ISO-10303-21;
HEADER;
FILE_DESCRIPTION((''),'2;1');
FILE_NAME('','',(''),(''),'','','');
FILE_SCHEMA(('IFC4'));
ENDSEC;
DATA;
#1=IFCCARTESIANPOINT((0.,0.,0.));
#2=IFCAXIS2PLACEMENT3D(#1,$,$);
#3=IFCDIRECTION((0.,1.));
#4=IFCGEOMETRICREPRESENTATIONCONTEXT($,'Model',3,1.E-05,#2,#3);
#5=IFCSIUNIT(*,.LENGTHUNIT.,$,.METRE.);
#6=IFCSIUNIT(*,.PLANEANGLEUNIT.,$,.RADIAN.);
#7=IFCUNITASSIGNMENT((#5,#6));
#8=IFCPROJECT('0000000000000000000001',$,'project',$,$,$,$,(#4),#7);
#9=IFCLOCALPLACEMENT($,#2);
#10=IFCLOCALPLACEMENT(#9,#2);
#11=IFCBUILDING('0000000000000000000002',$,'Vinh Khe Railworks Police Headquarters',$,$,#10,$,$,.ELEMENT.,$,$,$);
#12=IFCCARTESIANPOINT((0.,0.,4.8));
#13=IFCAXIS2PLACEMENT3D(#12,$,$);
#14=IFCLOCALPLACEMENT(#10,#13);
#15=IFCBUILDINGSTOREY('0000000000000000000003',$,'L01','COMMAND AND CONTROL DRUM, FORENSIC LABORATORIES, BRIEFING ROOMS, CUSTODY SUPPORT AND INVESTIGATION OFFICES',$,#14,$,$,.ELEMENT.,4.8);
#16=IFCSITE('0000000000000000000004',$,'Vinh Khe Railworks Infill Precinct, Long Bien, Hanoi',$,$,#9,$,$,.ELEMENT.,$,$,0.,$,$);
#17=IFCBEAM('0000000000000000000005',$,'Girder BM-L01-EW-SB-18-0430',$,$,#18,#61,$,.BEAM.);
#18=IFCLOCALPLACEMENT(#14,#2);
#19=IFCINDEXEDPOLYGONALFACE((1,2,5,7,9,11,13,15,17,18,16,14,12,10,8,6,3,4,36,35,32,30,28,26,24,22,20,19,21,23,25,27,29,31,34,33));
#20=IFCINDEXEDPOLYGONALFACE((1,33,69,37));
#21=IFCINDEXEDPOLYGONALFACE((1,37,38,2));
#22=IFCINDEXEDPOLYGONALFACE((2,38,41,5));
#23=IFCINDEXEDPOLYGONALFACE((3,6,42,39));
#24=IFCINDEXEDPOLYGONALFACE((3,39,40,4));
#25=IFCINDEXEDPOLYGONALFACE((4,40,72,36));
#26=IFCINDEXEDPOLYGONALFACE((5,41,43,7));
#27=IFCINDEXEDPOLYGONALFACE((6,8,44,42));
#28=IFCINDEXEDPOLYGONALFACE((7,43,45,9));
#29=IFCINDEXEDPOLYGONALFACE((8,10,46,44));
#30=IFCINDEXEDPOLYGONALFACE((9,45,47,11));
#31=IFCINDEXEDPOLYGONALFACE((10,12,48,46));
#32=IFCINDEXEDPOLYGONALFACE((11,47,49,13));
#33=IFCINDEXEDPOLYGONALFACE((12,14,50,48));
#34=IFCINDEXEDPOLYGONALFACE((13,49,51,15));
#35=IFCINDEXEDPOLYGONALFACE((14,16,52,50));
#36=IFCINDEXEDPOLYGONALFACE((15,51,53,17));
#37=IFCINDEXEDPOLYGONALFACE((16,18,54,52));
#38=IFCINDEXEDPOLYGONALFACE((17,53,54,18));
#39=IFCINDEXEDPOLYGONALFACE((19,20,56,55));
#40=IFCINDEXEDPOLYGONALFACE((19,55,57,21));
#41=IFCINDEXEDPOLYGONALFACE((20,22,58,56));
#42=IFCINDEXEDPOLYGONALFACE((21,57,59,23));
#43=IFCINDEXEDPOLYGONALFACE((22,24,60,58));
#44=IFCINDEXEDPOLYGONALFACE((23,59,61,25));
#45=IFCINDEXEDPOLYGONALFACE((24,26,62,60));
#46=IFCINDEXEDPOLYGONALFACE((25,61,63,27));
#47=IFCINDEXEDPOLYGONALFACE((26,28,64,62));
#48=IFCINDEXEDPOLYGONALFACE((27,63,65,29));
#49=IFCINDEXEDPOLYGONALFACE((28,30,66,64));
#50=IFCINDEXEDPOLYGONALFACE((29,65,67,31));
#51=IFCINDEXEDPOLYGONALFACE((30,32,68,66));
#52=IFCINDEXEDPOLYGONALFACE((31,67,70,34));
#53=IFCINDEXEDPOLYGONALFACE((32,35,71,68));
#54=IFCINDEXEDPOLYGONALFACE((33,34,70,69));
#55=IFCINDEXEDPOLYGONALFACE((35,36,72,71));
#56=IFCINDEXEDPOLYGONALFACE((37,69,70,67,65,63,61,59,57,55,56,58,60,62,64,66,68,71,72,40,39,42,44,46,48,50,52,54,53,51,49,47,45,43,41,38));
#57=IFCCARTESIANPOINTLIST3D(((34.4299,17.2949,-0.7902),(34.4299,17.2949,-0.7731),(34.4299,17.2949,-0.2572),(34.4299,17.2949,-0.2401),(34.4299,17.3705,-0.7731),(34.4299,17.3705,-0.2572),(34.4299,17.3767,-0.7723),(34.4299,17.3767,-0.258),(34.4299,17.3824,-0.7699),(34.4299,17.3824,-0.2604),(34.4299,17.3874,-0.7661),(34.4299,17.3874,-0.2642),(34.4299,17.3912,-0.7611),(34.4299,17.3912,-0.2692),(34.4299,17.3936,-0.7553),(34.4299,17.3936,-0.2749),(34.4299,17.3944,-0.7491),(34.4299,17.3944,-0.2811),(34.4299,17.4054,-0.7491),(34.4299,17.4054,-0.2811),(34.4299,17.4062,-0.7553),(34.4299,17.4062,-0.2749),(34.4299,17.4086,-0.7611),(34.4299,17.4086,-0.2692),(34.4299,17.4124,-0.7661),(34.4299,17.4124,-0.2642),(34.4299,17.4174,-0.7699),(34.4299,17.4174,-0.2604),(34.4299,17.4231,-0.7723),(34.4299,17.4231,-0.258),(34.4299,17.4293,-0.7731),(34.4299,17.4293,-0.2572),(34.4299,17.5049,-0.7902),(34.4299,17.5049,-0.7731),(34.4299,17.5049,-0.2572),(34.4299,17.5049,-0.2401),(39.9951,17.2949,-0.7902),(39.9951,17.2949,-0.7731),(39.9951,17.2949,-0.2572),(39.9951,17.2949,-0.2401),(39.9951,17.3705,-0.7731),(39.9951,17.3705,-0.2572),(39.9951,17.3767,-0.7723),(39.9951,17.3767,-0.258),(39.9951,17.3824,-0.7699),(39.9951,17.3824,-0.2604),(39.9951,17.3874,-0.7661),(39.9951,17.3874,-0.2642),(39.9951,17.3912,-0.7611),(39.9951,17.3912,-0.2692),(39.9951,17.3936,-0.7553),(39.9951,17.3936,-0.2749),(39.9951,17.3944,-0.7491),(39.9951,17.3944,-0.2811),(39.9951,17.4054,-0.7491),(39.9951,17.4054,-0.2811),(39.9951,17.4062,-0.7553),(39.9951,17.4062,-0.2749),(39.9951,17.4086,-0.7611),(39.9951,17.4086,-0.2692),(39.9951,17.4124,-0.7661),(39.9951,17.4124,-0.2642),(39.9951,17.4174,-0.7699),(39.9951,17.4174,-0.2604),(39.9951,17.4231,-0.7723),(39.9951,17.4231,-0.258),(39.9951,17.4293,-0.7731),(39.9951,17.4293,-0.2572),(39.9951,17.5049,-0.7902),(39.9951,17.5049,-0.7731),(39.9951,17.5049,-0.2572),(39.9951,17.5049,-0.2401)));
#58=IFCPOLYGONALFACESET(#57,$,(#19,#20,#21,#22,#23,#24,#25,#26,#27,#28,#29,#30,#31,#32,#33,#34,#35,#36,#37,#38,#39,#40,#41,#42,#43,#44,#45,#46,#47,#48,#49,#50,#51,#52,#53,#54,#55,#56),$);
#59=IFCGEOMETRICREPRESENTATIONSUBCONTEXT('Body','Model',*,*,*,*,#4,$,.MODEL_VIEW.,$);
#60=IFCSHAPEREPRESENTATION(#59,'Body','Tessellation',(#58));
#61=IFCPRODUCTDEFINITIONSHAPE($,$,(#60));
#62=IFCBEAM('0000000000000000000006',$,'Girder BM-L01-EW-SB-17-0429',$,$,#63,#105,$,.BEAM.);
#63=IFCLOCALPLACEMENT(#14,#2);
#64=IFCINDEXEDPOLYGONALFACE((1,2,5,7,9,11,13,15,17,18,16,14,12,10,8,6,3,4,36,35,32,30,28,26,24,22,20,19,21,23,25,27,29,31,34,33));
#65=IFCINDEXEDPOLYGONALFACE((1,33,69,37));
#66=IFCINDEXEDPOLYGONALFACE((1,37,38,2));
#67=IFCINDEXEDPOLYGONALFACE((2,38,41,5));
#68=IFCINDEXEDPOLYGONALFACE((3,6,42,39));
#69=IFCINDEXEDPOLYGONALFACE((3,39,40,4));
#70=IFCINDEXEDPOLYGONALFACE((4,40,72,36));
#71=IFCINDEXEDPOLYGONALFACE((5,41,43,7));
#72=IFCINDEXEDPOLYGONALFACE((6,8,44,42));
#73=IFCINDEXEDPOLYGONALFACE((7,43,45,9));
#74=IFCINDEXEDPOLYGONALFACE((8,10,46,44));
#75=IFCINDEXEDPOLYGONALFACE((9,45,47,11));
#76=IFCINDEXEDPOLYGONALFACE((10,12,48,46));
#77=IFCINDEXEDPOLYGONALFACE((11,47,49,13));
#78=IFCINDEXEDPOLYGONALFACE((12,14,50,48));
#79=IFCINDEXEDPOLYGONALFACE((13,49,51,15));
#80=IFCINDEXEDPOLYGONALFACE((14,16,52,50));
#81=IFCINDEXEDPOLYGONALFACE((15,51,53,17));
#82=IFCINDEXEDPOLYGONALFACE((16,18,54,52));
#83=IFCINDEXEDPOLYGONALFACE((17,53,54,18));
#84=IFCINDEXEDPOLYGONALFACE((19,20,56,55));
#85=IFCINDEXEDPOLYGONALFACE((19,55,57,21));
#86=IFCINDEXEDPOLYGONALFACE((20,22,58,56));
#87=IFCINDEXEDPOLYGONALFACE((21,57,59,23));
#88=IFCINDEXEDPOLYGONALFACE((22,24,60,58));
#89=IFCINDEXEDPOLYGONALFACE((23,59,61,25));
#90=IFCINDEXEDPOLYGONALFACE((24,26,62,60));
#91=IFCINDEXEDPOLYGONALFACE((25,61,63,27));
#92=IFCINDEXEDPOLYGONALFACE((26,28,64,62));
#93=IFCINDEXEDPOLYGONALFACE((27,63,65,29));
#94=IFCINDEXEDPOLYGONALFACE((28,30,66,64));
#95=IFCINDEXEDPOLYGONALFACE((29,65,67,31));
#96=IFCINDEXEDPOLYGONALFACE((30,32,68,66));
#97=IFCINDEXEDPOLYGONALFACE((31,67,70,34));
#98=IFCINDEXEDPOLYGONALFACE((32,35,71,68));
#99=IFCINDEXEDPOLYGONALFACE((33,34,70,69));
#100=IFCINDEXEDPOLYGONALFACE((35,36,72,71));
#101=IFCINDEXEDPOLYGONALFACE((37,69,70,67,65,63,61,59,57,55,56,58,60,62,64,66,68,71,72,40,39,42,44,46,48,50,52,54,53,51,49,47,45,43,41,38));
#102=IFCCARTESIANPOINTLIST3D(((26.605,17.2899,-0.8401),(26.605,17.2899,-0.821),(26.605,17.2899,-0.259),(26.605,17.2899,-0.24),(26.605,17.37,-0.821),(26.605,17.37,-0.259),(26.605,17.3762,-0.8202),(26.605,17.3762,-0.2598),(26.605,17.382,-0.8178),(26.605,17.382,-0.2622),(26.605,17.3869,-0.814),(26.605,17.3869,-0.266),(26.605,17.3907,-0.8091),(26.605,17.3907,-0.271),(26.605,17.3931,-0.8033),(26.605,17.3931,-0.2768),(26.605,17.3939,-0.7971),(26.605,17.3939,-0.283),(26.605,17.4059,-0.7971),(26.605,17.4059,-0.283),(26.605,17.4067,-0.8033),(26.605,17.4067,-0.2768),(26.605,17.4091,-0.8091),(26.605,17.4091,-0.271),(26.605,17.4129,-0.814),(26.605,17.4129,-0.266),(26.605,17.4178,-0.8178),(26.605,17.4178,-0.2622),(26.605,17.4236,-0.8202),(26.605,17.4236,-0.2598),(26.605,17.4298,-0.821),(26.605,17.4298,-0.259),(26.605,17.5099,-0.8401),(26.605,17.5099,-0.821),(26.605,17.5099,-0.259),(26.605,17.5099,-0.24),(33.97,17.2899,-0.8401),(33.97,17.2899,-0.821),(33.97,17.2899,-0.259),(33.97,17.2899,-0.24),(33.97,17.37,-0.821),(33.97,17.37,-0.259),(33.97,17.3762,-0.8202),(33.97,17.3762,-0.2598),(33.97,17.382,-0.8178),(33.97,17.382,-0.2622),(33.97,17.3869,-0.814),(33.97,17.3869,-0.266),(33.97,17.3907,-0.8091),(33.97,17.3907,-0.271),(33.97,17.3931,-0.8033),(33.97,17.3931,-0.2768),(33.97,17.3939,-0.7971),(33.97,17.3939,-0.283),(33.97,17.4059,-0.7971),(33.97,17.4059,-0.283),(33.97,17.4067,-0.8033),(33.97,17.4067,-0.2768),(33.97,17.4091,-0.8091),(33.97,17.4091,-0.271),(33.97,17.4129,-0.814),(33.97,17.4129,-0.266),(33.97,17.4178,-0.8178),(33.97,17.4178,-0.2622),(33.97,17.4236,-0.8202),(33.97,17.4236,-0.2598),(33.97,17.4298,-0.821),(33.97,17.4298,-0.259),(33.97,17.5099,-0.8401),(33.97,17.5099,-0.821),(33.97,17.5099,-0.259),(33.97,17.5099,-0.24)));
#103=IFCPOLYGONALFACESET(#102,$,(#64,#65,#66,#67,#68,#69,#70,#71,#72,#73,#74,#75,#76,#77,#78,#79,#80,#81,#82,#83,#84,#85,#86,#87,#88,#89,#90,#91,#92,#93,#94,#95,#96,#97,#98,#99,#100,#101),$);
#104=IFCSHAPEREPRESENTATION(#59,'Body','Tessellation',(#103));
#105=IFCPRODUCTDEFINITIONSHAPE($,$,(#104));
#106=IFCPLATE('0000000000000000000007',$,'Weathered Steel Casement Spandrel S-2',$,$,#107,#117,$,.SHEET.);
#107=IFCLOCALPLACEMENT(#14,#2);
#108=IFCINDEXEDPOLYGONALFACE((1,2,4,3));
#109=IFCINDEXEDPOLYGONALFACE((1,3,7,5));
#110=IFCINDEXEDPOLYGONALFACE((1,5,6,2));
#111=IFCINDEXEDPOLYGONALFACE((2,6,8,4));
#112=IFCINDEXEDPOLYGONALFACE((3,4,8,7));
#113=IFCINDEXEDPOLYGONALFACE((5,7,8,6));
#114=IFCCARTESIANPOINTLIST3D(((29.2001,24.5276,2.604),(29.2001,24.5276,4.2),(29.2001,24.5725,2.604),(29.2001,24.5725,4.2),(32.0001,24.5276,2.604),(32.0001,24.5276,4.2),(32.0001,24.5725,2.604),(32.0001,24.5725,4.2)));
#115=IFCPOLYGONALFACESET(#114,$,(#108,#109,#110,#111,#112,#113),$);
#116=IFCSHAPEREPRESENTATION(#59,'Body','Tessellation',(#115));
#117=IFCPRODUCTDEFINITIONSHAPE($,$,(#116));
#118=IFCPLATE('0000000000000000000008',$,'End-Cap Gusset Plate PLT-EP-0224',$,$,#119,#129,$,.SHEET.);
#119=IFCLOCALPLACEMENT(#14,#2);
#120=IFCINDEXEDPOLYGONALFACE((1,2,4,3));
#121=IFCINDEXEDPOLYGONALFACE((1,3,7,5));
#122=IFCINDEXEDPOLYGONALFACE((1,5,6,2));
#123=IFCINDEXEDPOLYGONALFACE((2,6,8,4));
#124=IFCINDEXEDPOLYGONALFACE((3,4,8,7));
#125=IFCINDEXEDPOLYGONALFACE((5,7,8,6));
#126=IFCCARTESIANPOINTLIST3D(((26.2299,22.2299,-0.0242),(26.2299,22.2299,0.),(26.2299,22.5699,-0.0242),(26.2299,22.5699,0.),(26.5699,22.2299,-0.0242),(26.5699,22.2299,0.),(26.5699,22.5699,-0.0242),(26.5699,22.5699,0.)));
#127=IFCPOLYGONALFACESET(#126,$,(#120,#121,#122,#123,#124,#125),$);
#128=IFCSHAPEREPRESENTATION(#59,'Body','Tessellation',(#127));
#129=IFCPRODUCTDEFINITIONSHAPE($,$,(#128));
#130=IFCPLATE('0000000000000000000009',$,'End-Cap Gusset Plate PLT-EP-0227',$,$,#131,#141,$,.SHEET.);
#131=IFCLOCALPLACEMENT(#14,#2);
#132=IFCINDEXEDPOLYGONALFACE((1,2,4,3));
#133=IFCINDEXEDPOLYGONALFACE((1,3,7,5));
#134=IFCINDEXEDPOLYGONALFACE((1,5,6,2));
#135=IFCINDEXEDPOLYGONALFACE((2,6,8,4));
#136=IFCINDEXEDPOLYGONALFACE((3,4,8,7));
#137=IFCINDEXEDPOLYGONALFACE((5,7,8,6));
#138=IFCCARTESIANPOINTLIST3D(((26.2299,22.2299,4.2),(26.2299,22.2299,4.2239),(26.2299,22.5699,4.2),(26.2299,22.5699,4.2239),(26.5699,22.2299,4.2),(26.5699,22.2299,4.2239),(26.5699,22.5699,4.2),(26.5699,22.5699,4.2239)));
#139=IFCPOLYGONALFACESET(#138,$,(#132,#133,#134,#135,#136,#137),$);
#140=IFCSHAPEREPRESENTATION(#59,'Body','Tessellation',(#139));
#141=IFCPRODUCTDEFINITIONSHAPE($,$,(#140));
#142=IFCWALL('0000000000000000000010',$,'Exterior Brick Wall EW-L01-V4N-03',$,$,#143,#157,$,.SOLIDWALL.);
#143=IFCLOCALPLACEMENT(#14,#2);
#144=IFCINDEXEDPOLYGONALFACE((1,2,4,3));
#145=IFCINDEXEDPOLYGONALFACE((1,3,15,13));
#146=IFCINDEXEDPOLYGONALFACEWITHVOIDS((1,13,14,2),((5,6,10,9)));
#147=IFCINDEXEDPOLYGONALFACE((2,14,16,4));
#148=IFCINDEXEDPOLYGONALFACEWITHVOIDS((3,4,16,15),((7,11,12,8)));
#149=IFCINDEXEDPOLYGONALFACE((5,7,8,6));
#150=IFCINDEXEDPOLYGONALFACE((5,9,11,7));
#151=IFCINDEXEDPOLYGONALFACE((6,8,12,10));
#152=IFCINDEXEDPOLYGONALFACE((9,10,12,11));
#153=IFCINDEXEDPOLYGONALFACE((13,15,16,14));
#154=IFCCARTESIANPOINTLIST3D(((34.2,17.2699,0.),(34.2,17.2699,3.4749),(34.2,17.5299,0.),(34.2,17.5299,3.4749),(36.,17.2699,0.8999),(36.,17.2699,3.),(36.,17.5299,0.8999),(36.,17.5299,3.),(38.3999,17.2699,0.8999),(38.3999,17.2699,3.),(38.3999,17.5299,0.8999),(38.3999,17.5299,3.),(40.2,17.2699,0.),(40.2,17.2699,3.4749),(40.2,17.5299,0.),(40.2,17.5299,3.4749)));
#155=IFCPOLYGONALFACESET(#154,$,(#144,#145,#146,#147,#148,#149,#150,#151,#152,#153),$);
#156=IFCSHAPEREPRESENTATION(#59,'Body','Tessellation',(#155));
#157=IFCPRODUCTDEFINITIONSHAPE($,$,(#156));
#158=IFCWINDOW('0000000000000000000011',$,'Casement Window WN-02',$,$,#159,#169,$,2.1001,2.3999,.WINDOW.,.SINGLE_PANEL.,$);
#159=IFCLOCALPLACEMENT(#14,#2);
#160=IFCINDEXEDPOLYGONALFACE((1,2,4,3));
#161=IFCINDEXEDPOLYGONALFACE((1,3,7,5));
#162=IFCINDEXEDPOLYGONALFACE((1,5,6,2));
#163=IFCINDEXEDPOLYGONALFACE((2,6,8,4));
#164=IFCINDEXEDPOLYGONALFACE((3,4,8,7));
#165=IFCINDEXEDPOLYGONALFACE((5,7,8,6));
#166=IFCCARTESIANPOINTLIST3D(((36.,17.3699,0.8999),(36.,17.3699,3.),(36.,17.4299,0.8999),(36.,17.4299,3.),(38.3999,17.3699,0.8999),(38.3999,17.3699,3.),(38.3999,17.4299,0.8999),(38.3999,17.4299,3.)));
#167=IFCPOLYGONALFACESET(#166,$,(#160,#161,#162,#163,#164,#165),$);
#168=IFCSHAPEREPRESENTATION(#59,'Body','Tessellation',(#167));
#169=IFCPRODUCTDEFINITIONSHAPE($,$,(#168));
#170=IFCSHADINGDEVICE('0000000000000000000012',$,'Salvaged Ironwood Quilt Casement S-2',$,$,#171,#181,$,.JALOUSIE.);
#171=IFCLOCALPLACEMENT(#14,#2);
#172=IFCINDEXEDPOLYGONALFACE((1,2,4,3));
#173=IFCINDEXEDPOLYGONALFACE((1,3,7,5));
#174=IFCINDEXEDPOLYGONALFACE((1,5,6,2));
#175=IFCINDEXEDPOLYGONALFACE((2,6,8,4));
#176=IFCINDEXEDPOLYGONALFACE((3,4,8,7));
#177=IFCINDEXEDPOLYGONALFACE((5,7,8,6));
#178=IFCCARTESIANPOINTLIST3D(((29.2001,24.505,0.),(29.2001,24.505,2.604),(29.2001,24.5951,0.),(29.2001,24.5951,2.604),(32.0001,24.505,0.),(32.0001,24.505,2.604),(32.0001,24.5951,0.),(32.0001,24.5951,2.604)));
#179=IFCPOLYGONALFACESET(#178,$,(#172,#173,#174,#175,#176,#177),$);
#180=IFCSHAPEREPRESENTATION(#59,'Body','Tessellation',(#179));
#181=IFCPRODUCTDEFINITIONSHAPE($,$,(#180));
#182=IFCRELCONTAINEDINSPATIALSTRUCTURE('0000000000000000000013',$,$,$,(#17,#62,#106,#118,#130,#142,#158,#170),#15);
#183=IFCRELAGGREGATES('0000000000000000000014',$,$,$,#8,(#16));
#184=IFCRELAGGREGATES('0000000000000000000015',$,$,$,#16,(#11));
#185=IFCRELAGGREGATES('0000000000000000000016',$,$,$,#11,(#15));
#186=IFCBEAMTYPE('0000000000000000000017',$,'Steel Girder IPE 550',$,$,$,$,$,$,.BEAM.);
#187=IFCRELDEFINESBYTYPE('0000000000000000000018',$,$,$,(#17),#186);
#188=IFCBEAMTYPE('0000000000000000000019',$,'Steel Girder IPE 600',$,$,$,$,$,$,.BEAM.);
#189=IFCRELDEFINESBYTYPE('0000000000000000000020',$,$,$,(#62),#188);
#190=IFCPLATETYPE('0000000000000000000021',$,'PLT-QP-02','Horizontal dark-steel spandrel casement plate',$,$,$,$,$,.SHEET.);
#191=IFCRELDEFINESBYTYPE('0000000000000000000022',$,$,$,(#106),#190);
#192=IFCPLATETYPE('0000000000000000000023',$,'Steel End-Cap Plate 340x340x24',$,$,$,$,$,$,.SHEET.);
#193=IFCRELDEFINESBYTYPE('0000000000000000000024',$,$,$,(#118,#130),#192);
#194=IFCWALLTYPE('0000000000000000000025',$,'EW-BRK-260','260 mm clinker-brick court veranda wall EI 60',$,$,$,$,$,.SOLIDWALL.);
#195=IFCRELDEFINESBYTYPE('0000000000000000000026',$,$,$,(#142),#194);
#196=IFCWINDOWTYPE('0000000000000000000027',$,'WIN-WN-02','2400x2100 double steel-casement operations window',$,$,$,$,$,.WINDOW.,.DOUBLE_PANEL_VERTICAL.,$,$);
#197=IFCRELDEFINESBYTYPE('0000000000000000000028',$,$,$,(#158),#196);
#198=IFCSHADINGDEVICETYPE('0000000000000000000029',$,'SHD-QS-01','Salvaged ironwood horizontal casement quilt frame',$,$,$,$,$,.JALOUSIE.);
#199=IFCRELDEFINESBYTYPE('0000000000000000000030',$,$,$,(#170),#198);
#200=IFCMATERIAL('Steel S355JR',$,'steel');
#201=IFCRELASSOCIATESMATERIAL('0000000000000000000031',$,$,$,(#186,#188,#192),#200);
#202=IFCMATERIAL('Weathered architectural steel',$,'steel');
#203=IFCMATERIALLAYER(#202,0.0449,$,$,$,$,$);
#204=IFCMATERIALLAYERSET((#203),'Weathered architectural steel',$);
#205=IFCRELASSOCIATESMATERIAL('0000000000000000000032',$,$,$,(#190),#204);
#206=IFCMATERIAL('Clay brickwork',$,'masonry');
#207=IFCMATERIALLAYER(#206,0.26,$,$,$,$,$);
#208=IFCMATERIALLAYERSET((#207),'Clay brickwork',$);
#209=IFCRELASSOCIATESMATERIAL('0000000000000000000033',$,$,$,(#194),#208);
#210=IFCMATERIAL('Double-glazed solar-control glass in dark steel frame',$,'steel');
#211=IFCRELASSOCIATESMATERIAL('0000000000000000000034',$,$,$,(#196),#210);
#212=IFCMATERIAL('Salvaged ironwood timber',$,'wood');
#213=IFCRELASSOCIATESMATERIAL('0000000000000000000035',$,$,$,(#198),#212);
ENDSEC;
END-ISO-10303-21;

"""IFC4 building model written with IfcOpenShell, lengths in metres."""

from ifc_helpers import new_model, si_unit, direction, frame, frame_2d, origin, origin_2d, place, context, subcontext, project, spatial, rectangle, i_section, extrude, material, layer, layer_set, material_profile, profile_set, type_object, element, fill, save


model = new_model("IFC4")

# Units and contexts
model_context = context("Model", 3, precision=1e-05, world=origin(), true_north=direction((0.0, 1.0)))
body_context = subcontext(model_context, "Body", "Model", "MODEL_VIEW")
ifc_project = project(units=[si_unit("LENGTHUNIT", "METRE"), si_unit("PLANEANGLEUNIT", "RADIAN")], contexts=[model_context])

# Site, building, storey
site_placement = place(None, origin())
site = spatial("IfcSite", under=ifc_project, at=site_placement, Name="Vinh Khe Railworks Infill Precinct, Long Bien, Hanoi", CompositionType="ELEMENT", RefElevation=0.0)
building_placement = place(site_placement, origin())
building = spatial("IfcBuilding", under=site, at=building_placement, Name="Vinh Khe Railworks Police Headquarters", CompositionType="ELEMENT")
storey_placement = place(building_placement, frame((0.0, 0.0, 4.8)))
storey = spatial("IfcBuildingStorey", under=building, at=storey_placement, Name="L01", Description="COMMAND AND CONTROL DRUM, FORENSIC LABORATORIES, BRIEFING ROOMS, CUSTODY SUPPORT AND INVESTIGATION OFFICES", CompositionType="ELEMENT", Elevation=4.8)

# Shared definitions
ifc_material_1 = material(Name="Steel S355JR", Category="steel")

# Shared definitions
ifc_material_2 = material(Name="Salvaged ironwood timber", Category="wood")

# Beams
ifc_material_profile_1 = material_profile(ifc_material_1, i_section(OverallWidth=0.21, OverallDepth=0.55, WebThickness=0.011, FlangeThickness=0.0171, FilletRadius=0.0239, at=origin_2d()), Name="IPE 550")
ifc_profile_set_1 = profile_set([ifc_material_profile_1], Name="Steel S355JR")
beam_type_1 = type_object("IfcBeamType", Name="Steel Girder IPE 550", PredefinedType="BEAM", material=ifc_profile_set_1)
beam_1_placement = place(storey_placement, frame((34.4299, 17.3999, -0.5151), z_axis=(1.0, 0.0, 0.0), x_axis=(0.0, 1.0, 0.0)))
element("IfcBeam", 1, at=beam_1_placement, inside=storey, type_object=beam_type_1, Name="Girder BM-L01-EW-SB-18-0430", PredefinedType="BEAM", context=body_context, shape_type="SweptSolid", body=[
    extrude(i_section(OverallWidth=0.21, OverallDepth=0.55, WebThickness=0.011, FlangeThickness=0.0171, FilletRadius=0.0239, at=origin_2d()), origin(), (0.0, 0.0, 1.0), 5.5652),
])
ifc_material_profile_2 = material_profile(ifc_material_1, i_section(OverallWidth=0.22, OverallDepth=0.6001, WebThickness=0.012, FlangeThickness=0.019, FilletRadius=0.0239, at=origin_2d()), Name="IPE 600")
ifc_profile_set_2 = profile_set([ifc_material_profile_2], Name="Steel S355JR")
beam_type_2 = type_object("IfcBeamType", Name="Steel Girder IPE 600", PredefinedType="BEAM", material=ifc_profile_set_2)
beam_2_placement = place(storey_placement, frame((26.605, 17.3999, -0.54), z_axis=(1.0, 0.0, 0.0), x_axis=(0.0, 1.0, 0.0)))
element("IfcBeam", 2, at=beam_2_placement, inside=storey, type_object=beam_type_2, Name="Girder BM-L01-EW-SB-17-0429", PredefinedType="BEAM", context=body_context, shape_type="SweptSolid", body=[
    extrude(i_section(OverallWidth=0.22, OverallDepth=0.6001, WebThickness=0.012, FlangeThickness=0.019, FilletRadius=0.0239, at=origin_2d()), origin(), (0.0, 0.0, 1.0), 7.365),
])

# Plates
ifc_material_3 = material(Name="Weathered architectural steel", Category="steel")
ifc_layer_1 = layer(ifc_material_3, 0.0449)
ifc_layer_set_1 = layer_set([ifc_layer_1], Name="Weathered architectural steel")
plate_type_1 = type_object("IfcPlateType", Name="PLT-QP-02", Description="Horizontal dark-steel spandrel casement plate", PredefinedType="SHEET", material=ifc_layer_set_1)
plate_1_placement = place(storey_placement, frame((30.6001, 24.55, 2.604), z_axis=(0.0, 0.0, 1.0), x_axis=(1.0, 0.0, 0.0)))
element("IfcPlate", 3, at=plate_1_placement, inside=storey, type_object=plate_type_1, Name="Weathered Steel Casement Spandrel S-2", PredefinedType="SHEET", context=body_context, shape_type="SweptSolid", body=[
    extrude(rectangle(XDim=2.8, YDim=0.0449, at=origin_2d()), origin(), (0.0, 0.0, 1.0), 1.5959),
])
ifc_material_profile_3 = material_profile(ifc_material_1, rectangle(XDim=0.3401, YDim=0.3401, at=origin_2d()), Name="PL 340x340")
ifc_profile_set_3 = profile_set([ifc_material_profile_3], Name="Steel S355JR")
plate_type_2 = type_object("IfcPlateType", Name="Steel End-Cap Plate 340x340x24", PredefinedType="SHEET", material=ifc_profile_set_3)
plate_2_placement = place(storey_placement, frame((26.3999, 22.3999, 0.0), z_axis=(0.0, 0.0, -1.0), x_axis=(1.0, 0.0, 0.0)))
element("IfcPlate", 4, at=plate_2_placement, inside=storey, type_object=plate_type_2, Name="End-Cap Gusset Plate PLT-EP-0224", PredefinedType="SHEET", context=body_context, shape_type="SweptSolid", body=[
    extrude(rectangle(XDim=0.3401, YDim=0.3401, at=origin_2d()), origin(), (0.0, 0.0, 1.0), 0.0242),
])
plate_3_placement = place(storey_placement, frame((26.3999, 22.3999, 4.2), z_axis=(0.0, 0.0, 1.0), x_axis=(1.0, 0.0, 0.0)))
element("IfcPlate", 5, at=plate_3_placement, inside=storey, type_object=plate_type_2, Name="End-Cap Gusset Plate PLT-EP-0227", PredefinedType="SHEET", context=body_context, shape_type="SweptSolid", body=[
    extrude(rectangle(XDim=0.3401, YDim=0.3401, at=origin_2d()), origin(), (0.0, 0.0, 1.0), 0.0239),
])

# Wall, opening, window
ifc_material_4 = material(Name="Clay brickwork", Category="masonry")
ifc_layer_2 = layer(ifc_material_4, 0.26)
ifc_layer_set_2 = layer_set([ifc_layer_2], Name="Clay brickwork")
wall_type = type_object("IfcWallType", Name="EW-BRK-260", Description="260 mm clinker-brick court veranda wall EI 60", PredefinedType="SOLIDWALL", material=ifc_layer_set_2)
wall_placement = place(storey_placement, frame((34.2, 17.3999, 0.0), z_axis=(0.0, 0.0, 1.0), x_axis=(1.0, 0.0, 0.0)))
wall = element("IfcWall", 6, at=wall_placement, inside=storey, type_object=wall_type, Name="Exterior Brick Wall EW-L01-V4N-03", PredefinedType="SOLIDWALL", context=body_context, shape_type="SweptSolid", body=[
    extrude(rectangle(XDim=6.0, YDim=0.26, at=frame_2d((3.0, 0.0))), origin(), (0.0, 0.0, 1.0), 3.4749),
])
opening_placement = place(wall_placement, frame((1.8, 0.0, 0.8999)))
opening = element("IfcOpeningElement", 7, at=opening_placement, cuts=wall, PredefinedType="OPENING", context=body_context, shape_type="SweptSolid", body=[
    extrude(rectangle(XDim=2.3999, YDim=2.1001, at=frame_2d((1.2, 1.05))), frame((0.0, 0.145, 0.0), z_axis=(0.0, -1.0, 0.0), x_axis=(1.0, 0.0, 0.0)), (0.0, 0.0, 1.0), 0.2898),
])
ifc_material_5 = material(Name="Double-glazed solar-control glass in dark steel frame", Category="steel")
window_type = type_object("IfcWindowType", Name="WIN-WN-02", Description="2400x2100 double steel-casement operations window", PartitioningType="DOUBLE_PANEL_VERTICAL", PredefinedType="WINDOW", material=ifc_material_5)
window_placement = place(opening_placement, origin())
window = element("IfcWindow", 8, at=window_placement, inside=storey, type_object=window_type, Name="Casement Window WN-02", OverallHeight=2.1001, OverallWidth=2.3999, PartitioningType="SINGLE_PANEL", PredefinedType="WINDOW", context=body_context, shape_type="SweptSolid", body=[
    extrude(rectangle(XDim=2.3999, YDim=2.1001, at=frame_2d((1.2, 1.05))), frame((0.0, 0.03, 0.0), z_axis=(0.0, -1.0, 0.0), x_axis=(1.0, 0.0, 0.0)), (0.0, 0.0, 1.0), 0.0601),
])
fill(opening, window)

# Shading device
shading_device_type_1 = type_object("IfcShadingDeviceType", Name="SHD-QS-01", Description="Salvaged ironwood horizontal casement quilt frame", PredefinedType="JALOUSIE", material=ifc_material_2)
shading_device_1_placement = place(storey_placement, frame((30.6001, 24.55, 0.0), z_axis=(0.0, 0.0, 1.0), x_axis=(1.0, 0.0, 0.0)))
element("IfcShadingDevice", 9, at=shading_device_1_placement, inside=storey, type_object=shading_device_type_1, Name="Salvaged Ironwood Quilt Casement S-2", PredefinedType="JALOUSIE", context=body_context, shape_type="SweptSolid", body=[
    extrude(rectangle(XDim=2.8, YDim=0.0901, at=origin_2d()), origin(), (0.0, 0.0, 1.0), 2.604),
])

save(model, "model.ifc")
